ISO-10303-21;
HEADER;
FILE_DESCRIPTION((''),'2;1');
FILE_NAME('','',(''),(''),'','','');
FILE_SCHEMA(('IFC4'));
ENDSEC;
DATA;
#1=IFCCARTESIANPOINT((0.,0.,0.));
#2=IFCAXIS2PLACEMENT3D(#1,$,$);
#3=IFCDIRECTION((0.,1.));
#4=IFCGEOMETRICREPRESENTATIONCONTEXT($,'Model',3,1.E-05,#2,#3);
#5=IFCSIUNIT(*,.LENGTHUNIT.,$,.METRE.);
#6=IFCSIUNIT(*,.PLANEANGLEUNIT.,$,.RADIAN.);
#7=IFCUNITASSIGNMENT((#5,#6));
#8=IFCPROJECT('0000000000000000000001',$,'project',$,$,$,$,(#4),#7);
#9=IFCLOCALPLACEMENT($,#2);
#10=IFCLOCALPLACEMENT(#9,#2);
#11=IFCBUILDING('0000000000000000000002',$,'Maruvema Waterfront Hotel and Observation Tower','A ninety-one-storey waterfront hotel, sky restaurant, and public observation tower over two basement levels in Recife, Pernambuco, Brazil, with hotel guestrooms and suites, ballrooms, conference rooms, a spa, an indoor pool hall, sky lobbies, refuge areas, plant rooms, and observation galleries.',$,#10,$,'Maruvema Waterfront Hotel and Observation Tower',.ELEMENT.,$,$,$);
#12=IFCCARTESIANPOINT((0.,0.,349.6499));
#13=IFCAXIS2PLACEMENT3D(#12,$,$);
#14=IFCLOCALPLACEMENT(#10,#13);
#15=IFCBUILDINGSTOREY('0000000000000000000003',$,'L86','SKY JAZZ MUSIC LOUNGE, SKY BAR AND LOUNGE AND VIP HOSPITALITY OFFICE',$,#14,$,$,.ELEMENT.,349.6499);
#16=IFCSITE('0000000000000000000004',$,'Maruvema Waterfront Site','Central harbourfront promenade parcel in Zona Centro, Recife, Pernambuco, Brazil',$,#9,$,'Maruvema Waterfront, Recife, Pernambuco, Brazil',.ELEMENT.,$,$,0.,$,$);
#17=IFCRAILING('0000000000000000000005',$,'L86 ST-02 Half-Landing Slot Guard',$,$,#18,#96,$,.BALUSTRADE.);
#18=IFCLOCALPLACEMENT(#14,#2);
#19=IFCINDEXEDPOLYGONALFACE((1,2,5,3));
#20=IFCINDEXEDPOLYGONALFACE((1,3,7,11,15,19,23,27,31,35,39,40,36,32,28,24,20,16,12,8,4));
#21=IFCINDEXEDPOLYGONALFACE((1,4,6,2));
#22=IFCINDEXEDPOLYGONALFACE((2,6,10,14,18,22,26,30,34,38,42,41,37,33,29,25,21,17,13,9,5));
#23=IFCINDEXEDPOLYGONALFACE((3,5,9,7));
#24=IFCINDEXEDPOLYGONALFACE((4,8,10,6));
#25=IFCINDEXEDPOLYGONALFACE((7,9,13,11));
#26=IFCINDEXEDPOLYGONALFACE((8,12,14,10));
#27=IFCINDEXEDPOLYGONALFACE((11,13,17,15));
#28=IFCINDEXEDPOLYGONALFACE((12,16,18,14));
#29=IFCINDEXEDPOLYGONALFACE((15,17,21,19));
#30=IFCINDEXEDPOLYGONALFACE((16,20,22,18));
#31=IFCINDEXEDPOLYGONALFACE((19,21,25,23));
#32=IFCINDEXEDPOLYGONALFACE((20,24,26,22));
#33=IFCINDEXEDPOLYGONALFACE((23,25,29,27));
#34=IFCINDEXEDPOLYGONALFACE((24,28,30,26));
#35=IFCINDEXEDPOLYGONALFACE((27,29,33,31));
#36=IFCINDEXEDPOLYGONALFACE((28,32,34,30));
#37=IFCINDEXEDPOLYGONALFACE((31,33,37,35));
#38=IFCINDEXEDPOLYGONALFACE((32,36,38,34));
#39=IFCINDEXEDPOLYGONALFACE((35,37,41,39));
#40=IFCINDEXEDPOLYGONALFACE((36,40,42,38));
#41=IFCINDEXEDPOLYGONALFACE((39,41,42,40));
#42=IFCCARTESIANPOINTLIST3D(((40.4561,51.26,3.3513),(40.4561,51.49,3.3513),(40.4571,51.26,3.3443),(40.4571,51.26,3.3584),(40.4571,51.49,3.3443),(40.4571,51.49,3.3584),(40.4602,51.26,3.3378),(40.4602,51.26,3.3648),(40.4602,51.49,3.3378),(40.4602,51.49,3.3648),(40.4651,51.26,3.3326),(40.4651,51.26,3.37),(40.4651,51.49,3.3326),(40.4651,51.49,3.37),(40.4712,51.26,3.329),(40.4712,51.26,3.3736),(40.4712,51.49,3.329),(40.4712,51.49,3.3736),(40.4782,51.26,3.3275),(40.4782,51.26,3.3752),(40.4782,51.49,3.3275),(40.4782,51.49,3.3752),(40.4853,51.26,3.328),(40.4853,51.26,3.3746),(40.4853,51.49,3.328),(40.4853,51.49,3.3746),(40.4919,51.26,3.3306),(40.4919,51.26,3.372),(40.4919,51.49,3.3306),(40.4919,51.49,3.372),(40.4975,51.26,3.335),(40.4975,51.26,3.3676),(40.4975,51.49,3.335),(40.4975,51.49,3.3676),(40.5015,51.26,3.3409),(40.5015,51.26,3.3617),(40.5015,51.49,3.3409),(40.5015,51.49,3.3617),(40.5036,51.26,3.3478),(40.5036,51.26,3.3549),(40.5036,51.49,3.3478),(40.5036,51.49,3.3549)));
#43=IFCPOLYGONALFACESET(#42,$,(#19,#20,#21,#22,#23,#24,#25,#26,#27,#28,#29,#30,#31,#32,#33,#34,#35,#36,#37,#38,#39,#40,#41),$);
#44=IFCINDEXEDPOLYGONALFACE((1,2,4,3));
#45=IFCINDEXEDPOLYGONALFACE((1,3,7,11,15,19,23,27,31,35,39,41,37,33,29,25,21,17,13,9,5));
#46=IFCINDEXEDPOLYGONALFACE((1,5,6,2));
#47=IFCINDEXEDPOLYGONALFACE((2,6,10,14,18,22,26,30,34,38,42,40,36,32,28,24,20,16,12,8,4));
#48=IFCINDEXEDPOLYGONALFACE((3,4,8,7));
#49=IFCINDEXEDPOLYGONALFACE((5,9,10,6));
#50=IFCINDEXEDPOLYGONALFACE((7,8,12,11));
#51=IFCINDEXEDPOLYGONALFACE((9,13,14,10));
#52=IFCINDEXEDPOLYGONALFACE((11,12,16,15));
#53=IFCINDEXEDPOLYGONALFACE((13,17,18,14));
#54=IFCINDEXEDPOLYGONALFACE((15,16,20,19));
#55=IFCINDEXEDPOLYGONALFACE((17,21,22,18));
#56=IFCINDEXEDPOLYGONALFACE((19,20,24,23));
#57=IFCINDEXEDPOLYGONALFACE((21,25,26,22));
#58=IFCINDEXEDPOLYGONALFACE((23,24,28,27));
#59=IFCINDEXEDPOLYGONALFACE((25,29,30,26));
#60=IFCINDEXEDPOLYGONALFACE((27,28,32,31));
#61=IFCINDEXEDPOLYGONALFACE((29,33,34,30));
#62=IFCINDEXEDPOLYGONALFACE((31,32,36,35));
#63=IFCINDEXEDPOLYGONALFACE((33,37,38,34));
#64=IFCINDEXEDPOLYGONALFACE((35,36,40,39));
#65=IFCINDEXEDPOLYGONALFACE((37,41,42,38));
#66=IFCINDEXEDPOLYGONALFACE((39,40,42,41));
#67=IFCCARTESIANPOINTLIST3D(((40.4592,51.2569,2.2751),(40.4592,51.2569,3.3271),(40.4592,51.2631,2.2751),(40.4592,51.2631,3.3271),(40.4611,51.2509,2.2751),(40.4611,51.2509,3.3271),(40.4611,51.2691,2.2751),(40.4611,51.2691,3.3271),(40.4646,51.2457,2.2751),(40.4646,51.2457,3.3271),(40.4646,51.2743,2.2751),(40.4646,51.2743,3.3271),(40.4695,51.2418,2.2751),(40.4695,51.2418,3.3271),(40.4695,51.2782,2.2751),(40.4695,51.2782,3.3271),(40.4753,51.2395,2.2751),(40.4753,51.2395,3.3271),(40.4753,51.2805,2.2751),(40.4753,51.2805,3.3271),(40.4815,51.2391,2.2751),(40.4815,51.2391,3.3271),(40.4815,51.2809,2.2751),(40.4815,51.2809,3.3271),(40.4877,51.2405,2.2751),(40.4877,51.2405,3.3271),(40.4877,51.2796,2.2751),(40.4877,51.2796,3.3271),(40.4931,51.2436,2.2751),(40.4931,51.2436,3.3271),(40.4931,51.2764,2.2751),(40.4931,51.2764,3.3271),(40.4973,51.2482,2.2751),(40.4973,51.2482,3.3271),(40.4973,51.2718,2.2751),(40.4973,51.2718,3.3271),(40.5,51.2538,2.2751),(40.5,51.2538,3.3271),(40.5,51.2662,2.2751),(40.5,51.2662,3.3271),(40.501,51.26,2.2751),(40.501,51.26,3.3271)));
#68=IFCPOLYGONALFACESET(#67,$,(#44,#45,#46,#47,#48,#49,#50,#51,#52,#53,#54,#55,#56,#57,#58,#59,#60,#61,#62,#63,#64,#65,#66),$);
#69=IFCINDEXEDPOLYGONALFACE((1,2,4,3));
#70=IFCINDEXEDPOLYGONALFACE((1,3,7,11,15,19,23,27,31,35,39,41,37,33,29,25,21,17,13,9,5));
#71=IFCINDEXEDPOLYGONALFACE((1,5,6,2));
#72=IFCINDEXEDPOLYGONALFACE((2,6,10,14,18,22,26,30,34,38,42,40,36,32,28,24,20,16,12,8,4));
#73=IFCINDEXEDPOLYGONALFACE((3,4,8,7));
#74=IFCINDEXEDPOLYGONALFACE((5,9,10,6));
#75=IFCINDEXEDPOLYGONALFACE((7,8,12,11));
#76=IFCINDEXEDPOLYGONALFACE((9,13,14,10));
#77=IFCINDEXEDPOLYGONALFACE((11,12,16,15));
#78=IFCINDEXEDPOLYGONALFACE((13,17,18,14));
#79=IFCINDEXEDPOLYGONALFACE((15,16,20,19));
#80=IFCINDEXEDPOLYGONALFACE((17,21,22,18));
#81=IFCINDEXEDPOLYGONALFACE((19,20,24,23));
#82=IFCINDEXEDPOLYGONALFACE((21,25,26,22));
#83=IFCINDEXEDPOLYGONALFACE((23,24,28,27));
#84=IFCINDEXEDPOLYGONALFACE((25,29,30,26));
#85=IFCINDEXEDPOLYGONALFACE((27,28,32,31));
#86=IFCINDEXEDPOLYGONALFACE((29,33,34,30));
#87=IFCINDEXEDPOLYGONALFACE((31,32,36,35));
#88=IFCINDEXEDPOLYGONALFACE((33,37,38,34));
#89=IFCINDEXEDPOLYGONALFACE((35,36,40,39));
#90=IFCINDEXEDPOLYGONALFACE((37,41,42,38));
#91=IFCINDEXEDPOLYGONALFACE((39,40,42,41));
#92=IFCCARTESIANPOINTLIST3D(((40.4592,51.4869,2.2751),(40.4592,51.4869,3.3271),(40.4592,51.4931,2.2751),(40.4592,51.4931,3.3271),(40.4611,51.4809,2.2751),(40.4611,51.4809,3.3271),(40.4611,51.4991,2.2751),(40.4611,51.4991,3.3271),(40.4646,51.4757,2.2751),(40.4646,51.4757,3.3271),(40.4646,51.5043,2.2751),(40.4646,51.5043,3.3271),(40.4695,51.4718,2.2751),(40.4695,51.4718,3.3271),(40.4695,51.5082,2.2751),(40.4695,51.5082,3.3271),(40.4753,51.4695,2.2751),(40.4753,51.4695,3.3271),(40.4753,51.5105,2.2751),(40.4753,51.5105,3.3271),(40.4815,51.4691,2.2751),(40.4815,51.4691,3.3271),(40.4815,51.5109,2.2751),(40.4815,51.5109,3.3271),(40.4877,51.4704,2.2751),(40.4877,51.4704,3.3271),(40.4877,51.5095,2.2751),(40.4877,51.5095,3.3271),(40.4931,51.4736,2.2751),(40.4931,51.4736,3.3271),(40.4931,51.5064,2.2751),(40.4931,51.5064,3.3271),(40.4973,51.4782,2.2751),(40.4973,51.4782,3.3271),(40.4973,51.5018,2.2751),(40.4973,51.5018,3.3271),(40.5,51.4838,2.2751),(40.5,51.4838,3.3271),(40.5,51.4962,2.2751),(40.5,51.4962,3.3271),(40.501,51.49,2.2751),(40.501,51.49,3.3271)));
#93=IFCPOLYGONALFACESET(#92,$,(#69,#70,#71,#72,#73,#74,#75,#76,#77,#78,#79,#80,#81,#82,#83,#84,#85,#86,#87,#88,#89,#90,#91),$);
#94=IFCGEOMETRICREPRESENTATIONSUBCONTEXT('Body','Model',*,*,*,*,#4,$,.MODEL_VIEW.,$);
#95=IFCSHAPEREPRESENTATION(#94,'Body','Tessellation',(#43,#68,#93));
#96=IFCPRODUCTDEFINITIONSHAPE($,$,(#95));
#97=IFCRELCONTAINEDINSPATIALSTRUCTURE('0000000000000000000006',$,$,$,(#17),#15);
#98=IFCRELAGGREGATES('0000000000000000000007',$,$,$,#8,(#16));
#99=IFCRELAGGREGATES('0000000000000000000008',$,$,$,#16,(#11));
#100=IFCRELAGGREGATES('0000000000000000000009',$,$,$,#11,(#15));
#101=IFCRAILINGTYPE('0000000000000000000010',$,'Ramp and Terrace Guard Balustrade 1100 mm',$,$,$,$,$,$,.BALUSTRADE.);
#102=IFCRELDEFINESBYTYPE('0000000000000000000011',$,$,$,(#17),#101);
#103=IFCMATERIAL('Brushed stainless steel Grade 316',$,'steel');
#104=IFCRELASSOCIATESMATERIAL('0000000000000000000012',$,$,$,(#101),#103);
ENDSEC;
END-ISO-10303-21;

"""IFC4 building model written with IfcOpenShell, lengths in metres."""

from ifc_helpers import new_model, si_unit, direction, frame, origin, origin_2d, place, context, subcontext, project, spatial, circle, extrude, material, type_object, element, save


model = new_model("IFC4")

# Units and contexts
model_context = context("Model", 3, precision=1e-05, world=origin(), true_north=direction((0.0, 1.0)))
body_context = subcontext(model_context, "Body", "Model", "MODEL_VIEW")
ifc_project = project(units=[si_unit("LENGTHUNIT", "METRE"), si_unit("PLANEANGLEUNIT", "RADIAN")], contexts=[model_context])

# Site, building, storey
site_placement = place(None, origin())
site = spatial("IfcSite", under=ifc_project, at=site_placement, Name="Maruvema Waterfront Site", Description="Central harbourfront promenade parcel in Zona Centro, Recife, Pernambuco, Brazil", LongName="Maruvema Waterfront, Recife, Pernambuco, Brazil", CompositionType="ELEMENT", RefElevation=0.0)
building_placement = place(site_placement, origin())
building = spatial("IfcBuilding", under=site, at=building_placement, Name="Maruvema Waterfront Hotel and Observation Tower", Description="A ninety-one-storey waterfront hotel, sky restaurant, and public observation tower over two basement levels in Recife, Pernambuco, Brazil, with hotel guestrooms and suites, ballrooms, conference rooms, a spa, an indoor pool hall, sky lobbies, refuge areas, plant rooms, and observation galleries.", LongName="Maruvema Waterfront Hotel and Observation Tower", CompositionType="ELEMENT")
storey_placement = place(building_placement, frame((0.0, 0.0, 349.6499)))
storey = spatial("IfcBuildingStorey", under=building, at=storey_placement, Name="L86", Description="SKY JAZZ MUSIC LOUNGE, SKY BAR AND LOUNGE AND VIP HOSPITALITY OFFICE", CompositionType="ELEMENT", Elevation=349.6499)

# Railing
ifc_material_1 = material(Name="Brushed stainless steel Grade 316", Category="steel")
railing_type_1 = type_object("IfcRailingType", Name="Ramp and Terrace Guard Balustrade 1100 mm", PredefinedType="BALUSTRADE", material=ifc_material_1)
railing_1_placement = place(storey_placement, frame((40.48, 51.26, 2.2751)))
element("IfcRailing", 1, at=railing_1_placement, inside=storey, type_object=railing_type_1, Name="L86 ST-02 Half-Landing Slot Guard", PredefinedType="BALUSTRADE", context=body_context, shape_type="SweptSolid", body=[
    extrude(circle(Radius=0.0239, at=origin_2d()), frame((0.0, 0.0, 1.0762), z_axis=(0.0, 1.0, 0.0), x_axis=(-1.0, 0.0, 0.0)), (0.0, 0.0, 1.0), 0.23),
    extrude(circle(Radius=0.021, at=origin_2d()), origin(), (0.0, 0.0, 1.0), 1.052),
    extrude(circle(Radius=0.021, at=origin_2d()), frame((0.0, 0.23, 0.0)), (0.0, 0.0, 1.0), 1.052),
])

save(model, "model.ifc")
